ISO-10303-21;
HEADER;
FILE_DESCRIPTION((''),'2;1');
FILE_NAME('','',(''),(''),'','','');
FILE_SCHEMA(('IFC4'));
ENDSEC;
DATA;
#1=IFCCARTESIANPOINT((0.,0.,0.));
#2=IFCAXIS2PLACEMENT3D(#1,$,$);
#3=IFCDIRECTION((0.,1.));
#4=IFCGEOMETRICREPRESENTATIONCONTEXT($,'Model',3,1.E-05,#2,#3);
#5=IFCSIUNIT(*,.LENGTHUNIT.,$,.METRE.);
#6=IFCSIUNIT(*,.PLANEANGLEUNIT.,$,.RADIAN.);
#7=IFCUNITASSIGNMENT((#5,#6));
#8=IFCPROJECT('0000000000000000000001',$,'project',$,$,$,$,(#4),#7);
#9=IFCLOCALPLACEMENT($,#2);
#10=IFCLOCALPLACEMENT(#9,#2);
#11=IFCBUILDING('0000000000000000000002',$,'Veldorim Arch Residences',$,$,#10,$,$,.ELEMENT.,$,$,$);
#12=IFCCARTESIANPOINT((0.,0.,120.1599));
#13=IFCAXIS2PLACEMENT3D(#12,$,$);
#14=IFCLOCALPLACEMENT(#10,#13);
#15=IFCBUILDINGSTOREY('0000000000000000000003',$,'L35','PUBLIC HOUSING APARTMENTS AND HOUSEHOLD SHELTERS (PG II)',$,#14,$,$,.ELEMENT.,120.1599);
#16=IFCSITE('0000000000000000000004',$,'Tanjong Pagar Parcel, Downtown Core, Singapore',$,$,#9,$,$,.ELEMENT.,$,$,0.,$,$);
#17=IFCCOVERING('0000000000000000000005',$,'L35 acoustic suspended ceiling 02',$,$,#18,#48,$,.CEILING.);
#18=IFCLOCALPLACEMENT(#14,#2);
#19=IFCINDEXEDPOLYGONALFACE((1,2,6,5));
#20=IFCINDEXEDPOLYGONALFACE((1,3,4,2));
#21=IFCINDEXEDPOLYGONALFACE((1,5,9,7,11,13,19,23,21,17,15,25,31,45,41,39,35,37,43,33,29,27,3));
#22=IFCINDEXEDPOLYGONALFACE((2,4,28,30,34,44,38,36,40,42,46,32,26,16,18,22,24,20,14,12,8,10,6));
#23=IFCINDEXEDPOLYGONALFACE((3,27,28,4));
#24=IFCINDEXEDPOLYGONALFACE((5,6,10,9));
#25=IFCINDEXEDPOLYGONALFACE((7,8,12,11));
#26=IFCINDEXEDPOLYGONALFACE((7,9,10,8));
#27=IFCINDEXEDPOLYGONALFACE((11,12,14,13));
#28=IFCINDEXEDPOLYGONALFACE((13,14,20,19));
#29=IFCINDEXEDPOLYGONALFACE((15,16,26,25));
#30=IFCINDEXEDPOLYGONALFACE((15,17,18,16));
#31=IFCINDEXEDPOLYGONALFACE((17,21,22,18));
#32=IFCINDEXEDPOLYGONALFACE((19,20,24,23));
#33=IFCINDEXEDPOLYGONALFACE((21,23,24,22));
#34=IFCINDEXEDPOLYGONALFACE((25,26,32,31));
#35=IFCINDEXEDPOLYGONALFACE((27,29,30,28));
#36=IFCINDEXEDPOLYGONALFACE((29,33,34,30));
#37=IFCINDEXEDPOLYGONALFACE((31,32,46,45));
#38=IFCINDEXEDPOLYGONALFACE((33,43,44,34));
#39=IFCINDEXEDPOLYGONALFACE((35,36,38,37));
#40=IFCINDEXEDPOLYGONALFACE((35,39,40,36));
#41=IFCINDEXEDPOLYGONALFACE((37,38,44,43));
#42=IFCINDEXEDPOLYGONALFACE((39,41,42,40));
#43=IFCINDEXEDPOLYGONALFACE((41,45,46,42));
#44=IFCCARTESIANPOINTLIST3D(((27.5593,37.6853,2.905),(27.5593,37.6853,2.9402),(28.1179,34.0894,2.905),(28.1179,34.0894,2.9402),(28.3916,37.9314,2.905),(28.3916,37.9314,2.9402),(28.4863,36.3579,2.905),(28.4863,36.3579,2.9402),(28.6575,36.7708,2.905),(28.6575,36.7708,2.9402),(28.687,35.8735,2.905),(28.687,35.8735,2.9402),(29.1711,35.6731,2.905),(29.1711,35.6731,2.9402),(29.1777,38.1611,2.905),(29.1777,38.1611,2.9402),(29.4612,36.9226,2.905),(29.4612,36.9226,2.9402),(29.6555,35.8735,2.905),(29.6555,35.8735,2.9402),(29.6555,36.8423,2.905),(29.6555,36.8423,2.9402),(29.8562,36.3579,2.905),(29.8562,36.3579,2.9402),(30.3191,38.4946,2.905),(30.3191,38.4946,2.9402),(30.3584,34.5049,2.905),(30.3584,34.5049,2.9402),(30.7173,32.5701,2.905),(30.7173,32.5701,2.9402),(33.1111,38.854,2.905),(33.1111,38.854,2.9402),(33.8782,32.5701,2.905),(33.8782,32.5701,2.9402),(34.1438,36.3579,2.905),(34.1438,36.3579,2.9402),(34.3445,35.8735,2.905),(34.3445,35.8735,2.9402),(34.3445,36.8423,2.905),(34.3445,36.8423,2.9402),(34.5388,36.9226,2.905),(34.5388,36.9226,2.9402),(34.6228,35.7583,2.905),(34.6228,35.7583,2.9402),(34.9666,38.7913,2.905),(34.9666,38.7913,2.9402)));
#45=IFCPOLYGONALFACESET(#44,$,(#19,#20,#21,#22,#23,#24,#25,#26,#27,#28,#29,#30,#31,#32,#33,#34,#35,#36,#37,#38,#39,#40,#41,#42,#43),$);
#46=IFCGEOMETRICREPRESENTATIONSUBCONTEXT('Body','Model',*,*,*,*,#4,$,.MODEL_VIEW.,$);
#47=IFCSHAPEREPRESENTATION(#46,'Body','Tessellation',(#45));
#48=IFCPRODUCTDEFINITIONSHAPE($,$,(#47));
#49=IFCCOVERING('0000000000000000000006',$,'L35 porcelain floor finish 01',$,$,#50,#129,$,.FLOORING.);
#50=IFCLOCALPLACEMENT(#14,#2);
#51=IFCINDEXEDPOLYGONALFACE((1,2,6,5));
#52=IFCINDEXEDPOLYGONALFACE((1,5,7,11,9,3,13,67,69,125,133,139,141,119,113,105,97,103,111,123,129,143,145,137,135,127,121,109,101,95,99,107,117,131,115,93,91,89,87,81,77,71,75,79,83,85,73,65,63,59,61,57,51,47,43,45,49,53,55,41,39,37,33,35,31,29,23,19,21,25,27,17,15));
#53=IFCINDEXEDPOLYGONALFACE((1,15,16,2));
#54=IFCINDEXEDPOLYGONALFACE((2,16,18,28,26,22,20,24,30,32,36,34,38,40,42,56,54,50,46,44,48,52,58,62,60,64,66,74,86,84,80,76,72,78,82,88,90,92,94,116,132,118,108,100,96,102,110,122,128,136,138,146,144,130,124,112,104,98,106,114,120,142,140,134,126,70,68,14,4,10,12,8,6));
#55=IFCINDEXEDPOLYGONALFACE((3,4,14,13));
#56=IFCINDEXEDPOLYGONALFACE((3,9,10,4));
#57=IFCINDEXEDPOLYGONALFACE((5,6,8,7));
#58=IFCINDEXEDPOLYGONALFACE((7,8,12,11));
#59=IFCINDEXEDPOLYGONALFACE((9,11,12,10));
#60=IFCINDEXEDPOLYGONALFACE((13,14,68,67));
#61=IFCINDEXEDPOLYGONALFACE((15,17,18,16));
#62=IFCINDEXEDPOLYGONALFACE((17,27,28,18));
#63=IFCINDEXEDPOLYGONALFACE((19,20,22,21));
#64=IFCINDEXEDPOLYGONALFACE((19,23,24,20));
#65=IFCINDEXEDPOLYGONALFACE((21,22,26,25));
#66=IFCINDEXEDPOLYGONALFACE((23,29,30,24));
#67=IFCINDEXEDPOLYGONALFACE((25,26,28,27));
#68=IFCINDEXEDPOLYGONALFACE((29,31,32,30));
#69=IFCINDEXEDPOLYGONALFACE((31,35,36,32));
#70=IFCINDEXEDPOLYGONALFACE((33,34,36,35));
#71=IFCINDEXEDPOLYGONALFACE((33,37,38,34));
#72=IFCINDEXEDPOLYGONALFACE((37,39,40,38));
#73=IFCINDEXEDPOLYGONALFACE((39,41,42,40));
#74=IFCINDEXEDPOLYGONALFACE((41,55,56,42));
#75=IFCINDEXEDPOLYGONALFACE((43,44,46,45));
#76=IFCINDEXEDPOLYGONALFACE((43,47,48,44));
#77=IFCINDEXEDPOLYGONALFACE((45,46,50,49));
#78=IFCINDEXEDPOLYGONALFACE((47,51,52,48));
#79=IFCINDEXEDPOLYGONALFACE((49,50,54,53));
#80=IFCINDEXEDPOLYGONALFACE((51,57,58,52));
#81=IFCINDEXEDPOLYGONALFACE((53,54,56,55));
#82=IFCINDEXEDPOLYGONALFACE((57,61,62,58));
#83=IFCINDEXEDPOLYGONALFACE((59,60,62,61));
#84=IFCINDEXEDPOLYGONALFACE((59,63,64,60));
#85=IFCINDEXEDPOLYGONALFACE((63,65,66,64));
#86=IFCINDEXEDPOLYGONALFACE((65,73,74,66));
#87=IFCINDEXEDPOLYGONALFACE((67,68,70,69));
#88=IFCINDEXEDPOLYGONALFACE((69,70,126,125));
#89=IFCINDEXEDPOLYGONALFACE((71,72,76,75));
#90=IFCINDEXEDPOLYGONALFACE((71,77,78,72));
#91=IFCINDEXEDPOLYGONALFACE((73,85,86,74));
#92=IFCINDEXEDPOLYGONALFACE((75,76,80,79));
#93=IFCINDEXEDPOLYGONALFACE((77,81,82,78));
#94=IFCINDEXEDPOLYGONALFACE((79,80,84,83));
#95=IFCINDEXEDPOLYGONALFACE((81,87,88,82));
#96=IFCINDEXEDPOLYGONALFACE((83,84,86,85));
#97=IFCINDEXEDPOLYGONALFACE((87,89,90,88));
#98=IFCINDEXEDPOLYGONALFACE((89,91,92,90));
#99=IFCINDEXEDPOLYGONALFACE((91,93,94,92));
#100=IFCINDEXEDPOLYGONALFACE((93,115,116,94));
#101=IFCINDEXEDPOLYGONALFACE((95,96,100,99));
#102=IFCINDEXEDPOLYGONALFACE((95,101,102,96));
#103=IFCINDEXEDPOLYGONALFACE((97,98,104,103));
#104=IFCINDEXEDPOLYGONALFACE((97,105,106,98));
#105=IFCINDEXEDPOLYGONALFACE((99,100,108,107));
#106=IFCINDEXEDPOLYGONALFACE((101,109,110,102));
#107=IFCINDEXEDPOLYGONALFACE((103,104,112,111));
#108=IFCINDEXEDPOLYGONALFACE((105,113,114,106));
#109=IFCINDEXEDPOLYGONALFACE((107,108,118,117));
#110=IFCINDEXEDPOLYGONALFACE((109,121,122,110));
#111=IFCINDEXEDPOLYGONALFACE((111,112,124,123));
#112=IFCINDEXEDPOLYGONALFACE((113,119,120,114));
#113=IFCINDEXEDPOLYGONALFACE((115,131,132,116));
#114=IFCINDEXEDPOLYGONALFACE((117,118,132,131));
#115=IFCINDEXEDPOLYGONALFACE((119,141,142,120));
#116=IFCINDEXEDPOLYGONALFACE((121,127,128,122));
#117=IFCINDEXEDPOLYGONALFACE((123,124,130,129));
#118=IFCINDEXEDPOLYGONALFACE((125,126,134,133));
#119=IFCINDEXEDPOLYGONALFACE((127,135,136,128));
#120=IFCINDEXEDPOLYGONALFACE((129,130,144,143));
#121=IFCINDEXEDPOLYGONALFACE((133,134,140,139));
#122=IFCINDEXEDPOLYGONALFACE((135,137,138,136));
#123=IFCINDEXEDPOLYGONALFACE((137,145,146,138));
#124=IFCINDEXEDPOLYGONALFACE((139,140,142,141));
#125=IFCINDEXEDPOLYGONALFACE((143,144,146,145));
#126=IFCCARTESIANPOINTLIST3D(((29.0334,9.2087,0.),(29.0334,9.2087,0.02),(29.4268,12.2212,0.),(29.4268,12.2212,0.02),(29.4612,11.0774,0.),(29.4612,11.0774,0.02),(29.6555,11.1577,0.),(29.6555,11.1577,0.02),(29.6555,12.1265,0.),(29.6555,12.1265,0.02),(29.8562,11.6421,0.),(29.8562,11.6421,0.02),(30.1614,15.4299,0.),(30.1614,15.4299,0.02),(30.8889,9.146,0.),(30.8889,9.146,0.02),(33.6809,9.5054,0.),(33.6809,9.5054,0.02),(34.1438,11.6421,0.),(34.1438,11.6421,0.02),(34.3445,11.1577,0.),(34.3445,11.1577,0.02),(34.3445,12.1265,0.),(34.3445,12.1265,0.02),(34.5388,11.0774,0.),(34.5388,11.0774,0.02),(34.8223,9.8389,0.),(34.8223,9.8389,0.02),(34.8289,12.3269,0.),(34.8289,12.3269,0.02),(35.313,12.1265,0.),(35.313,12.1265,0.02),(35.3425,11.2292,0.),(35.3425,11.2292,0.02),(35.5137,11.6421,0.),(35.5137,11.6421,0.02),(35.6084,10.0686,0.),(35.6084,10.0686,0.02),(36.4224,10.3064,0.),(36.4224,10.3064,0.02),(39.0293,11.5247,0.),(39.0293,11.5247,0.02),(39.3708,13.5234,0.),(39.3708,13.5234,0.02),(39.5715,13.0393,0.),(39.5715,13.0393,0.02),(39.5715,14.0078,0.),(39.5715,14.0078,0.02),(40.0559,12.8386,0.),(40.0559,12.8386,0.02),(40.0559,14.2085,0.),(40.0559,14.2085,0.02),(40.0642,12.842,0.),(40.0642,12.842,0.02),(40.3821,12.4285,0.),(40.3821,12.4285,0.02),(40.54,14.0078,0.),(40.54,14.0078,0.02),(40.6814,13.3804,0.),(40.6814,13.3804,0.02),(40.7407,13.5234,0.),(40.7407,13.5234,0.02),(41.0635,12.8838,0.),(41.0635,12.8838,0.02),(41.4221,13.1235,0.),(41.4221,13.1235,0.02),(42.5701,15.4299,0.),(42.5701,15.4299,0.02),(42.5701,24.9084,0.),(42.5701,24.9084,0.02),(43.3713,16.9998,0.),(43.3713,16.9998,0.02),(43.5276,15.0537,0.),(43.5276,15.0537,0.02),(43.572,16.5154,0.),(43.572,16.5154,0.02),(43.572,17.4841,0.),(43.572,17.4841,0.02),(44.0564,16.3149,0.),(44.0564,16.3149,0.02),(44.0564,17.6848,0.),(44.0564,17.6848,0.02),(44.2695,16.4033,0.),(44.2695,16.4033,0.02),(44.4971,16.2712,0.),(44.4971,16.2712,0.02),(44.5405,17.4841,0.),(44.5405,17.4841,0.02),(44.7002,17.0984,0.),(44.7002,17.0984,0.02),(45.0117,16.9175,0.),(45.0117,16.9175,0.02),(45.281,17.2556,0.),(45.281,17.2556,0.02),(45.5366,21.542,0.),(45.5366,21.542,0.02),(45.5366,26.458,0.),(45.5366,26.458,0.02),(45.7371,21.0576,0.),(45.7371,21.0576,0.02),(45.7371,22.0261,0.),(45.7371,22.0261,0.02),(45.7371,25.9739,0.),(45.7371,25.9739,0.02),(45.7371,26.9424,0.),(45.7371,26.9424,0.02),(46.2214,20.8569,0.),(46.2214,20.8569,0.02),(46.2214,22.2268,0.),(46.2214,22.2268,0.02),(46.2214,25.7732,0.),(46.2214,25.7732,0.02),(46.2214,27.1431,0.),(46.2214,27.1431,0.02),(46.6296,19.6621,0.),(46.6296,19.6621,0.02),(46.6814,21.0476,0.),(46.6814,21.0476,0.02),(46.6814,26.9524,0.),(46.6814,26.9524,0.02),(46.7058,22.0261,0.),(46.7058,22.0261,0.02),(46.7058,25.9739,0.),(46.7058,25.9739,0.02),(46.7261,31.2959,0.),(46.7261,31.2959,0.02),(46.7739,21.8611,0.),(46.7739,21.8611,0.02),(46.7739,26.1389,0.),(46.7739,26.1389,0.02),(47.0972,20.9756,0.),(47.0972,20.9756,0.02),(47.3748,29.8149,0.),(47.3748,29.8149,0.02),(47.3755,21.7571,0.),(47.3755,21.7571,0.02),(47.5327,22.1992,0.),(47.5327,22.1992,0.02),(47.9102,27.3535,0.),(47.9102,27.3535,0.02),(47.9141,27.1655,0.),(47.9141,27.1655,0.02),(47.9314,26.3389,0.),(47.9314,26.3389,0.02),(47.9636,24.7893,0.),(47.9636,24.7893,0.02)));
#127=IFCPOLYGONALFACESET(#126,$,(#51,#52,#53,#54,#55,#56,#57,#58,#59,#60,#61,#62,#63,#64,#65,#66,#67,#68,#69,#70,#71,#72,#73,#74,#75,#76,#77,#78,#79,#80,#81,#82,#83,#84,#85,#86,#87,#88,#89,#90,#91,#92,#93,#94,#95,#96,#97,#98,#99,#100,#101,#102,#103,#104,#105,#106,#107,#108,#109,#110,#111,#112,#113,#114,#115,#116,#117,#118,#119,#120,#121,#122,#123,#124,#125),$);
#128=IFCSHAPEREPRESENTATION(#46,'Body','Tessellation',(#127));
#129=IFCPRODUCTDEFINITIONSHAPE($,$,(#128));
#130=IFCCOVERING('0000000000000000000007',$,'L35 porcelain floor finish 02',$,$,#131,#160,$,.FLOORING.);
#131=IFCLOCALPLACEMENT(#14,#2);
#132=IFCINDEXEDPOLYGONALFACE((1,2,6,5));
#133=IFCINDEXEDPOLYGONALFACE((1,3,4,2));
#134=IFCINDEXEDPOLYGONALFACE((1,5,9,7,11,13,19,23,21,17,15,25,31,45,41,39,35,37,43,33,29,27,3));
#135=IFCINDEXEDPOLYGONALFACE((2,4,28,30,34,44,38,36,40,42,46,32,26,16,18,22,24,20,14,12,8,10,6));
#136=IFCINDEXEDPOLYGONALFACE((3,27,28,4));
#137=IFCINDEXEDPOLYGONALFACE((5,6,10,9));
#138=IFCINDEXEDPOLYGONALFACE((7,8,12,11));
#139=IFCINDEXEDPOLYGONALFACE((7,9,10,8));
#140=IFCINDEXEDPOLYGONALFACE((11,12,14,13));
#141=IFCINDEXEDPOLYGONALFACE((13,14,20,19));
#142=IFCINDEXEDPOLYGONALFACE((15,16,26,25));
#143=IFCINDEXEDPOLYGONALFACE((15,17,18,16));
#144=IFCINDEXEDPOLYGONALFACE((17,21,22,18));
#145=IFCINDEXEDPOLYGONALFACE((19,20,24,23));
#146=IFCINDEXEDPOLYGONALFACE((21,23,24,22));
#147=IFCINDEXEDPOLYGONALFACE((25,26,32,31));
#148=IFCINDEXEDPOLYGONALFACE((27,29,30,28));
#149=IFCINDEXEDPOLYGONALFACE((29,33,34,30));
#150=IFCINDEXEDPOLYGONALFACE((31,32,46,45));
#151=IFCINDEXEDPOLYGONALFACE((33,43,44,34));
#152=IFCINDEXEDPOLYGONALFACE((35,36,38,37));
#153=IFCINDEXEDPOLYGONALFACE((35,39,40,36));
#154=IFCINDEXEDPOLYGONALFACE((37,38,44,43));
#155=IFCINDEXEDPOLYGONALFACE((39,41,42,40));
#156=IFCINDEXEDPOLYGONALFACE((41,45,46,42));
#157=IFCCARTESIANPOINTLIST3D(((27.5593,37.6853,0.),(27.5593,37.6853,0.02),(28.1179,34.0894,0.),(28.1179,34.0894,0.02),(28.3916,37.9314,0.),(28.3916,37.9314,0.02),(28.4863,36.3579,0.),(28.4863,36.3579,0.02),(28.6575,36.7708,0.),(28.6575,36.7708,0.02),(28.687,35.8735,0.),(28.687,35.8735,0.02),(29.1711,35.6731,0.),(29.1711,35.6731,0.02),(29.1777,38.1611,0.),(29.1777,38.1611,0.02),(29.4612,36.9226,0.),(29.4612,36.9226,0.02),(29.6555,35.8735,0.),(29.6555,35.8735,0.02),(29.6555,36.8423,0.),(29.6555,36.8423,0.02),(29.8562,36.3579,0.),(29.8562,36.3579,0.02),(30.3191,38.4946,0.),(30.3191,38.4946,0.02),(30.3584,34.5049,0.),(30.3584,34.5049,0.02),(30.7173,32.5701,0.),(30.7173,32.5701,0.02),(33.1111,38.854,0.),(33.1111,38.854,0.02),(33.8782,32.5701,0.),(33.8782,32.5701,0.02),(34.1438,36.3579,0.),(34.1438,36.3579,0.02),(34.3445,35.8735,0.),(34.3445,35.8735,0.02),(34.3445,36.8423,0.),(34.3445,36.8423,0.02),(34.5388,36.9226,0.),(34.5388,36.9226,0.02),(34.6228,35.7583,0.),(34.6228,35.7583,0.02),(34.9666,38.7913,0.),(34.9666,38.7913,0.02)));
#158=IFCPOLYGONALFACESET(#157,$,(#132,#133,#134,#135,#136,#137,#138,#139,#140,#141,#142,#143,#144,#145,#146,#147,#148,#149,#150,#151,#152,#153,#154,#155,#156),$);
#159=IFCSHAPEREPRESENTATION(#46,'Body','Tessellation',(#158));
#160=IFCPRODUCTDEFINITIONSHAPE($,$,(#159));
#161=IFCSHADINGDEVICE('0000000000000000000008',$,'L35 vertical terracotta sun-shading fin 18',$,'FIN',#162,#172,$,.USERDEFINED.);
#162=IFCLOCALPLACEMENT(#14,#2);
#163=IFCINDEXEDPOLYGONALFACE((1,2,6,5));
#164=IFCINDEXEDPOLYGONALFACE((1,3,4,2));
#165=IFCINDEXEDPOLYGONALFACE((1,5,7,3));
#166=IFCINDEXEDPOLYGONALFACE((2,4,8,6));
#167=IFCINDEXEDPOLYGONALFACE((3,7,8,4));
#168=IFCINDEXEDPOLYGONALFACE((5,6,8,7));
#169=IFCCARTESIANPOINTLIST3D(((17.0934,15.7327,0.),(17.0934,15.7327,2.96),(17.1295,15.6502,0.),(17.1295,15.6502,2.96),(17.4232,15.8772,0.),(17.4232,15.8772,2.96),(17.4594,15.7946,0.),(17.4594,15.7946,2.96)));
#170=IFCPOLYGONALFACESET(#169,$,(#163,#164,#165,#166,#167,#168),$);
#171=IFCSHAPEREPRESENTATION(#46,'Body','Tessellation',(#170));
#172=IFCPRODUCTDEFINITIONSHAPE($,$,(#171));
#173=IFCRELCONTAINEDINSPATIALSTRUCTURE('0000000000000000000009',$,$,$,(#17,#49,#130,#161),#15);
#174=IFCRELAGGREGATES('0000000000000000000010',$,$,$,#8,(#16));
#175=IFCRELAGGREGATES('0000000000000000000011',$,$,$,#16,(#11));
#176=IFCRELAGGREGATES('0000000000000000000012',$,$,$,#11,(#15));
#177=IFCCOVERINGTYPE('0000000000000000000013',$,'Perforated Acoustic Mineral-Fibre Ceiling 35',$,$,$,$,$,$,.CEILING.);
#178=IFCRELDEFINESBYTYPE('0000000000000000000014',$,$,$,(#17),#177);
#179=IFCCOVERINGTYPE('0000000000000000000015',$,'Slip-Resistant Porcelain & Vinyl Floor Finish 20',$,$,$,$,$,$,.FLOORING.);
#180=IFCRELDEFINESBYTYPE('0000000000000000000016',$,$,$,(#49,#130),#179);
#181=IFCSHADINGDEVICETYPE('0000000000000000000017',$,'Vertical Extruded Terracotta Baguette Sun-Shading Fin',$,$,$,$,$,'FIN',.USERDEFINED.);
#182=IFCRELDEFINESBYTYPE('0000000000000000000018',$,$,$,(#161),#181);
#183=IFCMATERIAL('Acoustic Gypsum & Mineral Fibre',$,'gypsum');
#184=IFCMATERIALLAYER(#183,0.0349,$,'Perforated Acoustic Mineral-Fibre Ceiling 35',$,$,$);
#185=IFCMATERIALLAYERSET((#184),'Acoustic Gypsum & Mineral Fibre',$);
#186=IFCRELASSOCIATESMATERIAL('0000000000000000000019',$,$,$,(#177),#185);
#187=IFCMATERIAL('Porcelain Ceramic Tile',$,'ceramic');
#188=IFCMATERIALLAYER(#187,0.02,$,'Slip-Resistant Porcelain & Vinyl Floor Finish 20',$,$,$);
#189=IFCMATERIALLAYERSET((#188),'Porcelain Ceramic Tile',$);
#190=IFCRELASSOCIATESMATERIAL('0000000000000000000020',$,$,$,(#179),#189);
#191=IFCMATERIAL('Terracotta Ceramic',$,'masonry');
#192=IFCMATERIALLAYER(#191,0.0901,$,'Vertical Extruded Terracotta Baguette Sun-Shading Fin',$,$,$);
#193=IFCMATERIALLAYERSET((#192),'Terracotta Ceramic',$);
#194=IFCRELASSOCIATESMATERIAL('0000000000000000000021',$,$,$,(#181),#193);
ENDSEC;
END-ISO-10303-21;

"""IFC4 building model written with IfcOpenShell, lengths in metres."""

from ifc_helpers import new_model, si_unit, direction, frame, origin, origin_2d, place, context, subcontext, project, spatial, polyline, rectangle, outline, extrude, material, layer, layer_set, type_object, element, save


model = new_model("IFC4")

# Units and contexts
model_context = context("Model", 3, precision=1e-05, world=origin(), true_north=direction((0.0, 1.0)))
body_context = subcontext(model_context, "Body", "Model", "MODEL_VIEW")
ifc_project = project(units=[si_unit("LENGTHUNIT", "METRE"), si_unit("PLANEANGLEUNIT", "RADIAN")], contexts=[model_context])

# Site, building, storey
site_placement = place(None, origin())
site = spatial("IfcSite", under=ifc_project, at=site_placement, Name="Tanjong Pagar Parcel, Downtown Core, Singapore", CompositionType="ELEMENT", RefElevation=0.0)
building_placement = place(site_placement, origin())
building = spatial("IfcBuilding", under=site, at=building_placement, Name="Veldorim Arch Residences", CompositionType="ELEMENT")
storey_placement = place(building_placement, frame((0.0, 0.0, 120.1599)))
storey = spatial("IfcBuildingStorey", under=building, at=storey_placement, Name="L35", Description="PUBLIC HOUSING APARTMENTS AND HOUSEHOLD SHELTERS (PG II)", CompositionType="ELEMENT", Elevation=120.1599)

# Coverings
ifc_material_1 = material(Name="Acoustic Gypsum & Mineral Fibre", Category="gypsum")
ifc_layer_1 = layer(ifc_material_1, 0.0349, Name="Perforated Acoustic Mineral-Fibre Ceiling 35")
ifc_layer_set_1 = layer_set([ifc_layer_1], Name="Acoustic Gypsum & Mineral Fibre")
covering_type_1 = type_object("IfcCoveringType", Name="Perforated Acoustic Mineral-Fibre Ceiling 35", PredefinedType="CEILING", material=ifc_layer_set_1)
covering_1_placement = place(storey_placement, frame((0.0, 0.0, 2.905)))
element("IfcCovering", 1, at=covering_1_placement, inside=storey, type_object=covering_type_1, Name="L35 acoustic suspended ceiling 02", PredefinedType="CEILING", context=body_context, shape_type="SweptSolid", body=[
    extrude(outline(polyline([(28.6575, 36.7708), (28.4863, 36.3579), (28.687, 35.8735), (29.1711, 35.6731), (29.6555, 35.8735), (29.8562, 36.3579), (29.6555, 36.8423), (29.4612, 36.9226), (29.1777, 38.1611), (30.3191, 38.4946), (33.1111, 38.854), (34.9666, 38.7913), (34.5388, 36.9226), (34.3445, 36.8423), (34.1438, 36.3579), (34.3445, 35.8735), (34.6228, 35.7583), (33.8782, 32.5701), (30.7173, 32.5701), (30.3584, 34.5049), (28.1179, 34.0894), (27.5593, 37.6853), (28.3916, 37.9314), (28.6575, 36.7708)])), origin(), (0.0, 0.0, 1.0), 0.0352),
])
ifc_material_2 = material(Name="Porcelain Ceramic Tile", Category="ceramic")
ifc_layer_2 = layer(ifc_material_2, 0.02, Name="Slip-Resistant Porcelain & Vinyl Floor Finish 20")
ifc_layer_set_2 = layer_set([ifc_layer_2], Name="Porcelain Ceramic Tile")
covering_type_2 = type_object("IfcCoveringType", Name="Slip-Resistant Porcelain & Vinyl Floor Finish 20", PredefinedType="FLOORING", material=ifc_layer_set_2)
covering_2_placement = place(storey_placement, origin())
element("IfcCovering", 2, at=covering_2_placement, inside=storey, type_object=covering_type_2, Name="L35 porcelain floor finish 01", PredefinedType="FLOORING", context=body_context, shape_type="SweptSolid", body=[
    extrude(outline(polyline([(35.5137, 11.6421), (35.313, 12.1265), (34.8289, 12.3269), (34.3445, 12.1265), (34.1438, 11.6421), (34.3445, 11.1577), (34.5388, 11.0774), (34.8223, 9.8389), (33.6809, 9.5054), (30.8889, 9.146), (29.0334, 9.2087), (29.4612, 11.0774), (29.6555, 11.1577), (29.8562, 11.6421), (29.6555, 12.1265), (29.4268, 12.2212), (30.1614, 15.4299), (42.5701, 15.4299), (42.5701, 24.9084), (46.7261, 31.2959), (47.3748, 29.8149), (47.9102, 27.3535), (47.9141, 27.1655), (46.6814, 26.9524), (46.2214, 27.1431), (45.7371, 26.9424), (45.5366, 26.458), (45.7371, 25.9739), (46.2214, 25.7732), (46.7058, 25.9739), (46.7739, 26.1389), (47.9314, 26.3389), (47.9636, 24.7893), (47.5327, 22.1992), (47.3755, 21.7571), (46.7739, 21.8611), (46.7058, 22.0261), (46.2214, 22.2268), (45.7371, 22.0261), (45.5366, 21.542), (45.7371, 21.0576), (46.2214, 20.8569), (46.6814, 21.0476), (47.0972, 20.9756), (46.6296, 19.6621), (45.281, 17.2556), (45.0117, 16.9175), (44.7002, 17.0984), (44.5405, 17.4841), (44.0564, 17.6848), (43.572, 17.4841), (43.3713, 16.9998), (43.572, 16.5154), (44.0564, 16.3149), (44.2695, 16.4033), (44.4971, 16.2712), (43.5276, 15.0537), (41.4221, 13.1235), (41.0635, 12.8838), (40.6814, 13.3804), (40.7407, 13.5234), (40.54, 14.0078), (40.0559, 14.2085), (39.5715, 14.0078), (39.3708, 13.5234), (39.5715, 13.0393), (40.0559, 12.8386), (40.0642, 12.842), (40.3821, 12.4285), (39.0293, 11.5247), (36.4224, 10.3064), (35.6084, 10.0686), (35.3425, 11.2292), (35.5137, 11.6421)])), origin(), (0.0, 0.0, 1.0), 0.02),
])
covering_3_placement = place(storey_placement, origin())
element("IfcCovering", 3, at=covering_3_placement, inside=storey, type_object=covering_type_2, Name="L35 porcelain floor finish 02", PredefinedType="FLOORING", context=body_context, shape_type="SweptSolid", body=[
    extrude(outline(polyline([(28.6575, 36.7708), (28.4863, 36.3579), (28.687, 35.8735), (29.1711, 35.6731), (29.6555, 35.8735), (29.8562, 36.3579), (29.6555, 36.8423), (29.4612, 36.9226), (29.1777, 38.1611), (30.3191, 38.4946), (33.1111, 38.854), (34.9666, 38.7913), (34.5388, 36.9226), (34.3445, 36.8423), (34.1438, 36.3579), (34.3445, 35.8735), (34.6228, 35.7583), (33.8782, 32.5701), (30.7173, 32.5701), (30.3584, 34.5049), (28.1179, 34.0894), (27.5593, 37.6853), (28.3916, 37.9314), (28.6575, 36.7708)])), origin(), (0.0, 0.0, 1.0), 0.02),
])

# Shading device
ifc_material_3 = material(Name="Terracotta Ceramic", Category="masonry")
ifc_layer_3 = layer(ifc_material_3, 0.0901, Name="Vertical Extruded Terracotta Baguette Sun-Shading Fin")
ifc_layer_set_3 = layer_set([ifc_layer_3], Name="Terracotta Ceramic")
shading_device_type = type_object("IfcShadingDeviceType", Name="Vertical Extruded Terracotta Baguette Sun-Shading Fin", ElementType="FIN", PredefinedType="USERDEFINED", material=ifc_layer_set_3)
shading_device_placement = place(storey_placement, frame((17.2764, 15.7637, 0.0), z_axis=(0.0, 0.0, 1.0), x_axis=(-0.401149, 0.916013, 0.0)))
element("IfcShadingDevice", 4, at=shading_device_placement, inside=storey, type_object=shading_device_type, Name="L35 vertical terracotta sun-shading fin 18", ObjectType="FIN", PredefinedType="USERDEFINED", context=body_context, shape_type="SweptSolid", body=[
    extrude(rectangle(XDim=0.0901, YDim=0.3601, at=origin_2d()), origin(), (0.0, 0.0, 1.0), 2.96),
])

save(model, "model.ifc")
